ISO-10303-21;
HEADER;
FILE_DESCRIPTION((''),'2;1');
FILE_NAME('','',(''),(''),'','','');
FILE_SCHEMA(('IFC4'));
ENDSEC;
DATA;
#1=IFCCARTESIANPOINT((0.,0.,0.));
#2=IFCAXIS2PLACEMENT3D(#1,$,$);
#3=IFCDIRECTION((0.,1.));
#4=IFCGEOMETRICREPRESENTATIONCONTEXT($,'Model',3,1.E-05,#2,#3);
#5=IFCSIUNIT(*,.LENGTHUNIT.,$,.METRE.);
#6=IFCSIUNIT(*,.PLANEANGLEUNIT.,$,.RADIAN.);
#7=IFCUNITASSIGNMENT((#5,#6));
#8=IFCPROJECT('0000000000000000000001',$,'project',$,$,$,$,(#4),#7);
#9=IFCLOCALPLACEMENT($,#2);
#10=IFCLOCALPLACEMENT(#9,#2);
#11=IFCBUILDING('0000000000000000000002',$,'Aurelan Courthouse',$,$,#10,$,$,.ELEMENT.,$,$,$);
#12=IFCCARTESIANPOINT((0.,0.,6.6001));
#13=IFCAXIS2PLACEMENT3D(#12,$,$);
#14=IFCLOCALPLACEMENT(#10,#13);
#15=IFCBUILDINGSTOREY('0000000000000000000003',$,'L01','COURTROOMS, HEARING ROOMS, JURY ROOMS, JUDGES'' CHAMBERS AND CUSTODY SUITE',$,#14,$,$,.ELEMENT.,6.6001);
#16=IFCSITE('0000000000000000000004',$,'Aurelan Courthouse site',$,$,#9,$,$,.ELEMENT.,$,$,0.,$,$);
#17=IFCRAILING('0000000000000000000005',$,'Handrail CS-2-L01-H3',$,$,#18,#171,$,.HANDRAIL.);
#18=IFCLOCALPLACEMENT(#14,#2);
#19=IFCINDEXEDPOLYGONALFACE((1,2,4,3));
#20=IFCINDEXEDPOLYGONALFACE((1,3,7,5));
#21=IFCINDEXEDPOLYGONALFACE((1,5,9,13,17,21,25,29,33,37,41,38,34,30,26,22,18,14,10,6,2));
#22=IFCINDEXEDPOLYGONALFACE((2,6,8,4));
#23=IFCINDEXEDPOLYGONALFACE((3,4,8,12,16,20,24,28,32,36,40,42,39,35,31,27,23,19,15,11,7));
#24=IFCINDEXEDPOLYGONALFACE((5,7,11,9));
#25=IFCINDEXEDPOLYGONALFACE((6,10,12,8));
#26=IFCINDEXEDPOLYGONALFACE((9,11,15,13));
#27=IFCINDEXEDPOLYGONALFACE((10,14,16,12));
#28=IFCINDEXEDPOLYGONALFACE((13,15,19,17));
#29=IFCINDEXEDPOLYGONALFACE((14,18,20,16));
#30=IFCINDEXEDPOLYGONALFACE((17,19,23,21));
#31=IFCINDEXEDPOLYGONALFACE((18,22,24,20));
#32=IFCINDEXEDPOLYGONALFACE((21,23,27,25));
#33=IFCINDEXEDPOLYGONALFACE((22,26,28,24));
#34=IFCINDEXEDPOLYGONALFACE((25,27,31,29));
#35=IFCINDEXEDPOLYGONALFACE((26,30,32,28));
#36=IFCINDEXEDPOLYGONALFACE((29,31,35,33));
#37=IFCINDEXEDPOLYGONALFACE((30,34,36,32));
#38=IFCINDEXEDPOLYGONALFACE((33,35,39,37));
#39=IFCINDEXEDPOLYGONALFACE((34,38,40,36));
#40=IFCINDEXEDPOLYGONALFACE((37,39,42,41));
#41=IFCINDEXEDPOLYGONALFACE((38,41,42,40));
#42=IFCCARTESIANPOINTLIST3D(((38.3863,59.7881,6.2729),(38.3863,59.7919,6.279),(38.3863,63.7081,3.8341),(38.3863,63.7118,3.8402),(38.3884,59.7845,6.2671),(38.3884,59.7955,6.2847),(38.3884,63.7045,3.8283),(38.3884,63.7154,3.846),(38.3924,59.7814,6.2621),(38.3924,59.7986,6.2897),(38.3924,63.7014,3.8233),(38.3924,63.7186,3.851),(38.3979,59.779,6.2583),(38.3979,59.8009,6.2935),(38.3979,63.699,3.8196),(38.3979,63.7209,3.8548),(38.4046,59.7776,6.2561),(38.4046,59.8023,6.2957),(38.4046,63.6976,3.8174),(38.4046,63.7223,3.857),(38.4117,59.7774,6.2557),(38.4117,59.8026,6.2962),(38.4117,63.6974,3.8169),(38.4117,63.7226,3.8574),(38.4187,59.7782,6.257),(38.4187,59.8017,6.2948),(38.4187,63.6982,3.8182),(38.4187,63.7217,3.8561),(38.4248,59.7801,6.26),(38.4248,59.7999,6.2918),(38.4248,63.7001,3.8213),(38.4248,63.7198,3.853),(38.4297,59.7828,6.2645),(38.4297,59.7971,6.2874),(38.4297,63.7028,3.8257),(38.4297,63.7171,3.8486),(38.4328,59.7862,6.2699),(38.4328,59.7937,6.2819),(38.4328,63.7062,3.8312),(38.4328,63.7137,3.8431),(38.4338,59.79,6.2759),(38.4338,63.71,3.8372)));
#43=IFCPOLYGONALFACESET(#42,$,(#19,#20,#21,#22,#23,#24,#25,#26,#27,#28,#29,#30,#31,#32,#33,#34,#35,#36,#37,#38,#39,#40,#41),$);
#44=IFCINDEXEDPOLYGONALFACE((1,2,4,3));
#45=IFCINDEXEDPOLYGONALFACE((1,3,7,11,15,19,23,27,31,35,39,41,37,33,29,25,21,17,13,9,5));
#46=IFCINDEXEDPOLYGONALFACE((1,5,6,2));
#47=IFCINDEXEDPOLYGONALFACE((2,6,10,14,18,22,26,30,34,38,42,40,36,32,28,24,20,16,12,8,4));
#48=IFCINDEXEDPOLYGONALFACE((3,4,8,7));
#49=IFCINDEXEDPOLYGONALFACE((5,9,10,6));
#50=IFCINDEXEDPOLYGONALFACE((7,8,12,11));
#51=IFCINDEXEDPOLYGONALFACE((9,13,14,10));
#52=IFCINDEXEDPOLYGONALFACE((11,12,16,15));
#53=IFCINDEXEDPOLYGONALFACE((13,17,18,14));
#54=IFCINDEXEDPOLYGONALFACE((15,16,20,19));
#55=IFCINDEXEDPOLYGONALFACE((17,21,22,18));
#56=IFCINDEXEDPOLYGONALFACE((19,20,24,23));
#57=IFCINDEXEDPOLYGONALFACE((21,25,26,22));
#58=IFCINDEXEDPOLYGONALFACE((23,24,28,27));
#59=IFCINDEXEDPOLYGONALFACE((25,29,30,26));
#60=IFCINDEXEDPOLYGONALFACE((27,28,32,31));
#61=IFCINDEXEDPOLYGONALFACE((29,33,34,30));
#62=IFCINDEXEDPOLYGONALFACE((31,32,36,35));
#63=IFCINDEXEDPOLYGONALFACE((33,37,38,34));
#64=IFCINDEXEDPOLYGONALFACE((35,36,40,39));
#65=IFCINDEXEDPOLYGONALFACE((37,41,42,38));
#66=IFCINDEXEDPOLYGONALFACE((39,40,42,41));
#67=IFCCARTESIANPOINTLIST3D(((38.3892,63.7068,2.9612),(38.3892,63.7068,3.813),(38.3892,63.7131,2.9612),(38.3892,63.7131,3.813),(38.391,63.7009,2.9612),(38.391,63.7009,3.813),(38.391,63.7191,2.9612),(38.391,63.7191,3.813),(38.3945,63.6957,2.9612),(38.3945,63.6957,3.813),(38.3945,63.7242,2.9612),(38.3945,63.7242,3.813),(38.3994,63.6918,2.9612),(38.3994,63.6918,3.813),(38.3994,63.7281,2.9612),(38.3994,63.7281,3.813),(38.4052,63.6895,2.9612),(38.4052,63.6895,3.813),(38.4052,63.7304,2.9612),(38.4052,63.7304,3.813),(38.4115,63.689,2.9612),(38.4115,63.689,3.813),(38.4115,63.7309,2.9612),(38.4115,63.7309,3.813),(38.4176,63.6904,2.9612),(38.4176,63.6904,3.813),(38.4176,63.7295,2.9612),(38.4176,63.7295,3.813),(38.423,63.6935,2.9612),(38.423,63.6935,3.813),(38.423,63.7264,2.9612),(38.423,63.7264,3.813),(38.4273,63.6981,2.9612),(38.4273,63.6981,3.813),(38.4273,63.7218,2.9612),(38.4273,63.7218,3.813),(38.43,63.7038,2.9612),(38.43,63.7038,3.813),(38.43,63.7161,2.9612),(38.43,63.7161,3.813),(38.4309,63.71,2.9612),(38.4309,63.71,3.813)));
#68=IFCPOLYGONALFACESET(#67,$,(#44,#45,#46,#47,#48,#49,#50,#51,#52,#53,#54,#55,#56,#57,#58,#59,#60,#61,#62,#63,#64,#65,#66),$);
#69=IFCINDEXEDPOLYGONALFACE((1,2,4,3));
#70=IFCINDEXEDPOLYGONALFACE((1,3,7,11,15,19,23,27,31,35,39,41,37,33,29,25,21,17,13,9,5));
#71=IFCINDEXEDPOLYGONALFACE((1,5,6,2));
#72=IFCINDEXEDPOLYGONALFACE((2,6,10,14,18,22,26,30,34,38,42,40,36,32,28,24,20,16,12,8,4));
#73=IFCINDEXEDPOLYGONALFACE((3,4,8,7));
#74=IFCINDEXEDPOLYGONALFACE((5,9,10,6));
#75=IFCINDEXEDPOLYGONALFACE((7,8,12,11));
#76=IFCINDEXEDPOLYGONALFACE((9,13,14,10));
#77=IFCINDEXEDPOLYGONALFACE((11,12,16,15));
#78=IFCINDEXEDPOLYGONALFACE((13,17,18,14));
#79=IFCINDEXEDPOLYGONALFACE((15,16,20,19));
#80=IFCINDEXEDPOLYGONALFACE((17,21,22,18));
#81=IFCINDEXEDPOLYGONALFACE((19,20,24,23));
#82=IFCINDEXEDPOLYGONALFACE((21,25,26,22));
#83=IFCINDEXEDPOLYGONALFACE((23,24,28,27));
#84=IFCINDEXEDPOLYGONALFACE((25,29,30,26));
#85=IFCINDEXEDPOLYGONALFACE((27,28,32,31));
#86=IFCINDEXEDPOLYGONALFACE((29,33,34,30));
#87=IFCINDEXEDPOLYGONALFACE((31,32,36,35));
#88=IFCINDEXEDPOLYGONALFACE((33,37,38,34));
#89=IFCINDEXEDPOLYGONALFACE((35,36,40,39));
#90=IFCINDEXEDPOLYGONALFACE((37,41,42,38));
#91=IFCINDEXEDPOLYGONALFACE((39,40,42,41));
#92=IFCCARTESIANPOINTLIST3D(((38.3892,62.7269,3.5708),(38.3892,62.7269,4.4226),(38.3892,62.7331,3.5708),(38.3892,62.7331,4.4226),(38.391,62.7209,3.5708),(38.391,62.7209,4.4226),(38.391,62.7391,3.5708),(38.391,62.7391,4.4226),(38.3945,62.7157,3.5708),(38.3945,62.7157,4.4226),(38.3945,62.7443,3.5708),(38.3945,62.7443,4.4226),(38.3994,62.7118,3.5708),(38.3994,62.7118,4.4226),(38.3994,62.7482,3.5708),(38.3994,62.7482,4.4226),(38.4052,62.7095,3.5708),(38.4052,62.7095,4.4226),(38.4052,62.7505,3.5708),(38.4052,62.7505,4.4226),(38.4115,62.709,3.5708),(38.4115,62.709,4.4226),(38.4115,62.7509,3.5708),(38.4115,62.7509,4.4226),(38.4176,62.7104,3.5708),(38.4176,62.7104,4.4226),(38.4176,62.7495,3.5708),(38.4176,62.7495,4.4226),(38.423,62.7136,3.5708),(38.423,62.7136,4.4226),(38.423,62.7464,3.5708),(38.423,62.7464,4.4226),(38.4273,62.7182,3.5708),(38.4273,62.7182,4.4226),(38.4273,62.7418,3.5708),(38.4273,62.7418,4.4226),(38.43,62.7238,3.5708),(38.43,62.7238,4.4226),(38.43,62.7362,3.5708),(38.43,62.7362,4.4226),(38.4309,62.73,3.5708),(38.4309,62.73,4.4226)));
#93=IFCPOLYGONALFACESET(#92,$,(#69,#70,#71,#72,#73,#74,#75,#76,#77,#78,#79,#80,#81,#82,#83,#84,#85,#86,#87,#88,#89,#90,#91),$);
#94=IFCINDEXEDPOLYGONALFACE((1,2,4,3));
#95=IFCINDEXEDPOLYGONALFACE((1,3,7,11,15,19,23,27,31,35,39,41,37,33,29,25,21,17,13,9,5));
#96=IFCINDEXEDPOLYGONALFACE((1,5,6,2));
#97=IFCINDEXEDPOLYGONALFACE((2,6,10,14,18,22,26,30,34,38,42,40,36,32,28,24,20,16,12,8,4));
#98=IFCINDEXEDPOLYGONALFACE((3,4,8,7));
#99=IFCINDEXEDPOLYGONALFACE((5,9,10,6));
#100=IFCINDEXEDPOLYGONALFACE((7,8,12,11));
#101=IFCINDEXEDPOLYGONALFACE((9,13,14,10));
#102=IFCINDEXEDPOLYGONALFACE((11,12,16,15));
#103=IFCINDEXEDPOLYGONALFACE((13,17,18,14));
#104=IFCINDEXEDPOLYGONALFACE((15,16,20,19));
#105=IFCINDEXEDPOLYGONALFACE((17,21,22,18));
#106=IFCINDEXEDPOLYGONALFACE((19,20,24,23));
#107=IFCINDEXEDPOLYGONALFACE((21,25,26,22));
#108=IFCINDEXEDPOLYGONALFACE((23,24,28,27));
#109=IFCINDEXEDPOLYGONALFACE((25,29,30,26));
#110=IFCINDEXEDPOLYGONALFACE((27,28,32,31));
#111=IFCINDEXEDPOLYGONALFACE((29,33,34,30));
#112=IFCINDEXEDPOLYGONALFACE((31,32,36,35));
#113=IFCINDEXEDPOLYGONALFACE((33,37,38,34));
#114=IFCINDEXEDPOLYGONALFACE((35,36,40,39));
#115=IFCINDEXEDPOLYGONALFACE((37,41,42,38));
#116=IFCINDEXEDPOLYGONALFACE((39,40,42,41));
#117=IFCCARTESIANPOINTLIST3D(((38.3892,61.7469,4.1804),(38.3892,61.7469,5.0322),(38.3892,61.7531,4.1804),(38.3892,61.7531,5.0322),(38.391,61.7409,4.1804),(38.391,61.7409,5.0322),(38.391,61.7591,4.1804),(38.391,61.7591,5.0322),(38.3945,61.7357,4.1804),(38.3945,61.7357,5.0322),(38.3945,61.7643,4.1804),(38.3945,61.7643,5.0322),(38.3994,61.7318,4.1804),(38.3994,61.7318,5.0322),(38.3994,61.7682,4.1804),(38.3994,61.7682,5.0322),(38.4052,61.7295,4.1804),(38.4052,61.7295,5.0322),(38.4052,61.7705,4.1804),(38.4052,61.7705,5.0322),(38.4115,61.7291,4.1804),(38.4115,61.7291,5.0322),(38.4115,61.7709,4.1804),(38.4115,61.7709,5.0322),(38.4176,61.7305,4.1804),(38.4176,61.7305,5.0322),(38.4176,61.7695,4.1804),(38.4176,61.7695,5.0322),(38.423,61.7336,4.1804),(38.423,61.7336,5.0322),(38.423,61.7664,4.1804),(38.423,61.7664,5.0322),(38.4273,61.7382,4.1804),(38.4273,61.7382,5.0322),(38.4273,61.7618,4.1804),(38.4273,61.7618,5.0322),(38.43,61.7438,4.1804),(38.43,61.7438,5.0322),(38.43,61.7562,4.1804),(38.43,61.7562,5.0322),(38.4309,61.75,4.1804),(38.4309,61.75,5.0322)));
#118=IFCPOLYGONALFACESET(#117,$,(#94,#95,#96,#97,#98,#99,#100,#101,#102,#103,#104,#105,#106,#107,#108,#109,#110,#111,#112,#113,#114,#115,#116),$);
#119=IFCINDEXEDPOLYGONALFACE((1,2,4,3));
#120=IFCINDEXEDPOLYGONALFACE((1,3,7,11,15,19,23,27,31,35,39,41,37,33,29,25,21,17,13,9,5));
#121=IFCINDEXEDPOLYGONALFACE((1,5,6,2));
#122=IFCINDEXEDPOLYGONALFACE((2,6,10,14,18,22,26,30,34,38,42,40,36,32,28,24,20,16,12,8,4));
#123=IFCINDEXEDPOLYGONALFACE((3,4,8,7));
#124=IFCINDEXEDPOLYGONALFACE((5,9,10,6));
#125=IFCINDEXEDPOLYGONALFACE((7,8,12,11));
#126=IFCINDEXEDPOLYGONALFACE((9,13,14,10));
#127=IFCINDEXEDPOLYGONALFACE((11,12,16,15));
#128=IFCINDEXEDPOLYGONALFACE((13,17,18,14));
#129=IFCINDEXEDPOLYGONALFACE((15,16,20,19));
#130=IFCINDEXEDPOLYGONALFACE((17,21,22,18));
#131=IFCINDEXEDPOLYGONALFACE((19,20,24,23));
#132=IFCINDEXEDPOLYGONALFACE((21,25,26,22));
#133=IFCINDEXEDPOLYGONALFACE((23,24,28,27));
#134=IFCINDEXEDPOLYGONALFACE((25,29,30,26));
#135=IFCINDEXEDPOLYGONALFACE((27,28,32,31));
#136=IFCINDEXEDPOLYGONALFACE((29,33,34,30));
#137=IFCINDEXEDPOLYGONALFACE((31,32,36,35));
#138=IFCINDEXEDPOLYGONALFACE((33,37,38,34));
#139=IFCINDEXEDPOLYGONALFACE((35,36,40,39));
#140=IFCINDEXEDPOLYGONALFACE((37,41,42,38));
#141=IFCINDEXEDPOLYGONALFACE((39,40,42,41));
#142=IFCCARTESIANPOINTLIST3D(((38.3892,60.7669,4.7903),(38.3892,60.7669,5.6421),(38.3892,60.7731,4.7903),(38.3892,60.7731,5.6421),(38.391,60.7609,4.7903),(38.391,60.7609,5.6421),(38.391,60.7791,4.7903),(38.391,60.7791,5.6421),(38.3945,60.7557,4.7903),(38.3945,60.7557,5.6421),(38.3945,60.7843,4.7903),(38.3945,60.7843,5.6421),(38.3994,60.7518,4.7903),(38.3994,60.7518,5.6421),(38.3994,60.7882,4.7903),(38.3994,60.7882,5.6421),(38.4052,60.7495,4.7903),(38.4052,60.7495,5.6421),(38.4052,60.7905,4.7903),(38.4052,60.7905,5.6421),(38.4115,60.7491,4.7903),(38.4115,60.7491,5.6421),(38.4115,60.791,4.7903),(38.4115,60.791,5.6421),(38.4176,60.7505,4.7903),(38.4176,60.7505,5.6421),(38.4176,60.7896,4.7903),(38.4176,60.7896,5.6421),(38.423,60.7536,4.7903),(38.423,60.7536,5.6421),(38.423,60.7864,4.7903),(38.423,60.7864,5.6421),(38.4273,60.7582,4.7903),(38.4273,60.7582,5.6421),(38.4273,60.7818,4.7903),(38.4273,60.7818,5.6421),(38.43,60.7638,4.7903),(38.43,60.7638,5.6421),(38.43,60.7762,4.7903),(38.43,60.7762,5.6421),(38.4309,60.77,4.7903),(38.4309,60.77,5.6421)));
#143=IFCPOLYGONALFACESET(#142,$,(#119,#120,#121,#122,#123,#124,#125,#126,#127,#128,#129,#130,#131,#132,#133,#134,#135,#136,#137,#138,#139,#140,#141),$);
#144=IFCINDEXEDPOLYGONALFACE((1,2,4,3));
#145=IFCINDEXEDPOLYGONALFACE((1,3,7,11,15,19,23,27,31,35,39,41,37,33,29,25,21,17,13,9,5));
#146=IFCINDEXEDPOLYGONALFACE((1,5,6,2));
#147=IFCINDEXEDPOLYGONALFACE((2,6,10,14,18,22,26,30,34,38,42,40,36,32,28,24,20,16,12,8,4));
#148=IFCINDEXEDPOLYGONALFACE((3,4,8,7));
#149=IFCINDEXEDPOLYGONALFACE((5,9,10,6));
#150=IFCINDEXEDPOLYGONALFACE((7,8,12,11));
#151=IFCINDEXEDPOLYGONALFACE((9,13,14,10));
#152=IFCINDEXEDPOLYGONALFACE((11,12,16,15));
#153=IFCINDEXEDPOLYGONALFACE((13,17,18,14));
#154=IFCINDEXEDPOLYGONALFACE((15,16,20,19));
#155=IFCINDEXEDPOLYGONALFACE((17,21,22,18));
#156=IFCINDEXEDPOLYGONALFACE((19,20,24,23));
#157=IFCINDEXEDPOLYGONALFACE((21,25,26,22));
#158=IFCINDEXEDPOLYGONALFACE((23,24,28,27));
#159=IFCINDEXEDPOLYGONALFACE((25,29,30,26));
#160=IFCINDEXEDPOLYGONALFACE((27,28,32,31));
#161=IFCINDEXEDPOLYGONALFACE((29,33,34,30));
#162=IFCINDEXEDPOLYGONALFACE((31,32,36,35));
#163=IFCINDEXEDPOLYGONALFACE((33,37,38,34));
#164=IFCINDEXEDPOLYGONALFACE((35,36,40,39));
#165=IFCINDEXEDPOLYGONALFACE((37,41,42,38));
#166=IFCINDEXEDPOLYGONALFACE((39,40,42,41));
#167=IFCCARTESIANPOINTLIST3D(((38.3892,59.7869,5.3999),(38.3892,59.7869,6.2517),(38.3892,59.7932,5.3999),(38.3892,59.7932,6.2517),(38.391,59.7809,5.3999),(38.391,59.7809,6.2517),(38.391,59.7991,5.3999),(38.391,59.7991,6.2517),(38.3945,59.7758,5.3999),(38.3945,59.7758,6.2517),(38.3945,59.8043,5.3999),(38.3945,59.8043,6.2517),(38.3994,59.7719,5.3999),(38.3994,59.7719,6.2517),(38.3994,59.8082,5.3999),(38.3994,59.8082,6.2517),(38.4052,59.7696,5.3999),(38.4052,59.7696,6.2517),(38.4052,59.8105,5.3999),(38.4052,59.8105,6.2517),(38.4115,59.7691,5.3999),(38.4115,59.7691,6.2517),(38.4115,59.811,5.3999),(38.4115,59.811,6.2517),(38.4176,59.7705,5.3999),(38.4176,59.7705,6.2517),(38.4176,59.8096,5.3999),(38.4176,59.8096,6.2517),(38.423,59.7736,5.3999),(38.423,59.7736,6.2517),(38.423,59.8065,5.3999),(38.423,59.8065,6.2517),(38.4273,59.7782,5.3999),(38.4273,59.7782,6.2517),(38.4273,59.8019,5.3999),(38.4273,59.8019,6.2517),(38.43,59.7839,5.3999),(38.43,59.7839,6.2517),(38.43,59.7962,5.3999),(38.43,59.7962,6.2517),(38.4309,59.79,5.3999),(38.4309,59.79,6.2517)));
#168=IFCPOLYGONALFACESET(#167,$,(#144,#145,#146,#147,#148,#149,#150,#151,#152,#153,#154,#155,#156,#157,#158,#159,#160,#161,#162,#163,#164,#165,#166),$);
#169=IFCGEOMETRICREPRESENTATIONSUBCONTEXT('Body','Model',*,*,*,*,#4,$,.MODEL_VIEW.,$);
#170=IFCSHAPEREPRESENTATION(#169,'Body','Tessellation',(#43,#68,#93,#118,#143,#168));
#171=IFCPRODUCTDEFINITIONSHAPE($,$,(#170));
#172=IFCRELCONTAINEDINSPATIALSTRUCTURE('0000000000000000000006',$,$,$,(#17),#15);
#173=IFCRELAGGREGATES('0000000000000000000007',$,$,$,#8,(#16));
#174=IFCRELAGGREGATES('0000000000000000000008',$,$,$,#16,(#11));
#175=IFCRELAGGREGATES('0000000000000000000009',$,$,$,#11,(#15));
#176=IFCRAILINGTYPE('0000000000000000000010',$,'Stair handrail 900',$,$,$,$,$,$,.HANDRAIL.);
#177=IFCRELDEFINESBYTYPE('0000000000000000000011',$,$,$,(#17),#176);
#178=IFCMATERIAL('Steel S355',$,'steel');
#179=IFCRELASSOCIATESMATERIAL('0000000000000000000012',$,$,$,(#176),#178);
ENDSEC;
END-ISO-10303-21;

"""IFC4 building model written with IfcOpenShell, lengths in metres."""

from ifc_helpers import new_model, si_unit, direction, frame, origin, origin_2d, place, context, subcontext, project, spatial, circle, extrude, material, type_object, element, save


model = new_model("IFC4")

# Units and contexts
model_context = context("Model", 3, precision=1e-05, world=origin(), true_north=direction((0.0, 1.0)))
body_context = subcontext(model_context, "Body", "Model", "MODEL_VIEW")
ifc_project = project(units=[si_unit("LENGTHUNIT", "METRE"), si_unit("PLANEANGLEUNIT", "RADIAN")], contexts=[model_context])

# Site, building, storey
site_placement = place(None, origin())
site = spatial("IfcSite", under=ifc_project, at=site_placement, Name="Aurelan Courthouse site", CompositionType="ELEMENT", RefElevation=0.0)
building_placement = place(site_placement, origin())
building = spatial("IfcBuilding", under=site, at=building_placement, Name="Aurelan Courthouse", CompositionType="ELEMENT")
storey_placement = place(building_placement, frame((0.0, 0.0, 6.6001)))
storey = spatial("IfcBuildingStorey", under=building, at=storey_placement, Name="L01", Description="COURTROOMS, HEARING ROOMS, JURY ROOMS, JUDGES' CHAMBERS AND CUSTODY SUITE", CompositionType="ELEMENT", Elevation=6.6001)

# Railing
ifc_material_1 = material(Name="Steel S355", Category="steel")
railing_type_1 = type_object("IfcRailingType", Name="Stair handrail 900", PredefinedType="HANDRAIL", material=ifc_material_1)
for number, where, name in (
    (1, (38.4099, 63.71, 2.9612), "Handrail CS-2-L01-H3"),
):
    element("IfcRailing", number, at=place(storey_placement, frame(where)), inside=storey, type_object=railing_type_1, Name=name, PredefinedType="HANDRAIL", context=body_context, shape_type="SweptSolid", body=[
        extrude(circle(Radius=0.0239, at=origin_2d()), frame((0.0, 0.0, 0.876), z_axis=(0.0, -0.84909, 0.528249), x_axis=(1.0, 0.0, 0.0)), (0.0, 0.0, 1.0), 4.6167),
        extrude(circle(Radius=0.021, at=origin_2d()), origin(), (0.0, 0.0, 1.0), 0.8518),
        extrude(circle(Radius=0.021, at=origin_2d()), frame((0.0, -0.98, 0.6096)), (0.0, 0.0, 1.0), 0.8518),
        extrude(circle(Radius=0.021, at=origin_2d()), frame((0.0, -1.96, 1.2192)), (0.0, 0.0, 1.0), 0.8518),
        extrude(circle(Radius=0.021, at=origin_2d()), frame((0.0, -2.9399, 1.8291)), (0.0, 0.0, 1.0), 0.8518),
        extrude(circle(Radius=0.021, at=origin_2d()), frame((0.0, -3.9199, 2.4387)), (0.0, 0.0, 1.0), 0.8518),
    ])

save(model, "model.ifc")
